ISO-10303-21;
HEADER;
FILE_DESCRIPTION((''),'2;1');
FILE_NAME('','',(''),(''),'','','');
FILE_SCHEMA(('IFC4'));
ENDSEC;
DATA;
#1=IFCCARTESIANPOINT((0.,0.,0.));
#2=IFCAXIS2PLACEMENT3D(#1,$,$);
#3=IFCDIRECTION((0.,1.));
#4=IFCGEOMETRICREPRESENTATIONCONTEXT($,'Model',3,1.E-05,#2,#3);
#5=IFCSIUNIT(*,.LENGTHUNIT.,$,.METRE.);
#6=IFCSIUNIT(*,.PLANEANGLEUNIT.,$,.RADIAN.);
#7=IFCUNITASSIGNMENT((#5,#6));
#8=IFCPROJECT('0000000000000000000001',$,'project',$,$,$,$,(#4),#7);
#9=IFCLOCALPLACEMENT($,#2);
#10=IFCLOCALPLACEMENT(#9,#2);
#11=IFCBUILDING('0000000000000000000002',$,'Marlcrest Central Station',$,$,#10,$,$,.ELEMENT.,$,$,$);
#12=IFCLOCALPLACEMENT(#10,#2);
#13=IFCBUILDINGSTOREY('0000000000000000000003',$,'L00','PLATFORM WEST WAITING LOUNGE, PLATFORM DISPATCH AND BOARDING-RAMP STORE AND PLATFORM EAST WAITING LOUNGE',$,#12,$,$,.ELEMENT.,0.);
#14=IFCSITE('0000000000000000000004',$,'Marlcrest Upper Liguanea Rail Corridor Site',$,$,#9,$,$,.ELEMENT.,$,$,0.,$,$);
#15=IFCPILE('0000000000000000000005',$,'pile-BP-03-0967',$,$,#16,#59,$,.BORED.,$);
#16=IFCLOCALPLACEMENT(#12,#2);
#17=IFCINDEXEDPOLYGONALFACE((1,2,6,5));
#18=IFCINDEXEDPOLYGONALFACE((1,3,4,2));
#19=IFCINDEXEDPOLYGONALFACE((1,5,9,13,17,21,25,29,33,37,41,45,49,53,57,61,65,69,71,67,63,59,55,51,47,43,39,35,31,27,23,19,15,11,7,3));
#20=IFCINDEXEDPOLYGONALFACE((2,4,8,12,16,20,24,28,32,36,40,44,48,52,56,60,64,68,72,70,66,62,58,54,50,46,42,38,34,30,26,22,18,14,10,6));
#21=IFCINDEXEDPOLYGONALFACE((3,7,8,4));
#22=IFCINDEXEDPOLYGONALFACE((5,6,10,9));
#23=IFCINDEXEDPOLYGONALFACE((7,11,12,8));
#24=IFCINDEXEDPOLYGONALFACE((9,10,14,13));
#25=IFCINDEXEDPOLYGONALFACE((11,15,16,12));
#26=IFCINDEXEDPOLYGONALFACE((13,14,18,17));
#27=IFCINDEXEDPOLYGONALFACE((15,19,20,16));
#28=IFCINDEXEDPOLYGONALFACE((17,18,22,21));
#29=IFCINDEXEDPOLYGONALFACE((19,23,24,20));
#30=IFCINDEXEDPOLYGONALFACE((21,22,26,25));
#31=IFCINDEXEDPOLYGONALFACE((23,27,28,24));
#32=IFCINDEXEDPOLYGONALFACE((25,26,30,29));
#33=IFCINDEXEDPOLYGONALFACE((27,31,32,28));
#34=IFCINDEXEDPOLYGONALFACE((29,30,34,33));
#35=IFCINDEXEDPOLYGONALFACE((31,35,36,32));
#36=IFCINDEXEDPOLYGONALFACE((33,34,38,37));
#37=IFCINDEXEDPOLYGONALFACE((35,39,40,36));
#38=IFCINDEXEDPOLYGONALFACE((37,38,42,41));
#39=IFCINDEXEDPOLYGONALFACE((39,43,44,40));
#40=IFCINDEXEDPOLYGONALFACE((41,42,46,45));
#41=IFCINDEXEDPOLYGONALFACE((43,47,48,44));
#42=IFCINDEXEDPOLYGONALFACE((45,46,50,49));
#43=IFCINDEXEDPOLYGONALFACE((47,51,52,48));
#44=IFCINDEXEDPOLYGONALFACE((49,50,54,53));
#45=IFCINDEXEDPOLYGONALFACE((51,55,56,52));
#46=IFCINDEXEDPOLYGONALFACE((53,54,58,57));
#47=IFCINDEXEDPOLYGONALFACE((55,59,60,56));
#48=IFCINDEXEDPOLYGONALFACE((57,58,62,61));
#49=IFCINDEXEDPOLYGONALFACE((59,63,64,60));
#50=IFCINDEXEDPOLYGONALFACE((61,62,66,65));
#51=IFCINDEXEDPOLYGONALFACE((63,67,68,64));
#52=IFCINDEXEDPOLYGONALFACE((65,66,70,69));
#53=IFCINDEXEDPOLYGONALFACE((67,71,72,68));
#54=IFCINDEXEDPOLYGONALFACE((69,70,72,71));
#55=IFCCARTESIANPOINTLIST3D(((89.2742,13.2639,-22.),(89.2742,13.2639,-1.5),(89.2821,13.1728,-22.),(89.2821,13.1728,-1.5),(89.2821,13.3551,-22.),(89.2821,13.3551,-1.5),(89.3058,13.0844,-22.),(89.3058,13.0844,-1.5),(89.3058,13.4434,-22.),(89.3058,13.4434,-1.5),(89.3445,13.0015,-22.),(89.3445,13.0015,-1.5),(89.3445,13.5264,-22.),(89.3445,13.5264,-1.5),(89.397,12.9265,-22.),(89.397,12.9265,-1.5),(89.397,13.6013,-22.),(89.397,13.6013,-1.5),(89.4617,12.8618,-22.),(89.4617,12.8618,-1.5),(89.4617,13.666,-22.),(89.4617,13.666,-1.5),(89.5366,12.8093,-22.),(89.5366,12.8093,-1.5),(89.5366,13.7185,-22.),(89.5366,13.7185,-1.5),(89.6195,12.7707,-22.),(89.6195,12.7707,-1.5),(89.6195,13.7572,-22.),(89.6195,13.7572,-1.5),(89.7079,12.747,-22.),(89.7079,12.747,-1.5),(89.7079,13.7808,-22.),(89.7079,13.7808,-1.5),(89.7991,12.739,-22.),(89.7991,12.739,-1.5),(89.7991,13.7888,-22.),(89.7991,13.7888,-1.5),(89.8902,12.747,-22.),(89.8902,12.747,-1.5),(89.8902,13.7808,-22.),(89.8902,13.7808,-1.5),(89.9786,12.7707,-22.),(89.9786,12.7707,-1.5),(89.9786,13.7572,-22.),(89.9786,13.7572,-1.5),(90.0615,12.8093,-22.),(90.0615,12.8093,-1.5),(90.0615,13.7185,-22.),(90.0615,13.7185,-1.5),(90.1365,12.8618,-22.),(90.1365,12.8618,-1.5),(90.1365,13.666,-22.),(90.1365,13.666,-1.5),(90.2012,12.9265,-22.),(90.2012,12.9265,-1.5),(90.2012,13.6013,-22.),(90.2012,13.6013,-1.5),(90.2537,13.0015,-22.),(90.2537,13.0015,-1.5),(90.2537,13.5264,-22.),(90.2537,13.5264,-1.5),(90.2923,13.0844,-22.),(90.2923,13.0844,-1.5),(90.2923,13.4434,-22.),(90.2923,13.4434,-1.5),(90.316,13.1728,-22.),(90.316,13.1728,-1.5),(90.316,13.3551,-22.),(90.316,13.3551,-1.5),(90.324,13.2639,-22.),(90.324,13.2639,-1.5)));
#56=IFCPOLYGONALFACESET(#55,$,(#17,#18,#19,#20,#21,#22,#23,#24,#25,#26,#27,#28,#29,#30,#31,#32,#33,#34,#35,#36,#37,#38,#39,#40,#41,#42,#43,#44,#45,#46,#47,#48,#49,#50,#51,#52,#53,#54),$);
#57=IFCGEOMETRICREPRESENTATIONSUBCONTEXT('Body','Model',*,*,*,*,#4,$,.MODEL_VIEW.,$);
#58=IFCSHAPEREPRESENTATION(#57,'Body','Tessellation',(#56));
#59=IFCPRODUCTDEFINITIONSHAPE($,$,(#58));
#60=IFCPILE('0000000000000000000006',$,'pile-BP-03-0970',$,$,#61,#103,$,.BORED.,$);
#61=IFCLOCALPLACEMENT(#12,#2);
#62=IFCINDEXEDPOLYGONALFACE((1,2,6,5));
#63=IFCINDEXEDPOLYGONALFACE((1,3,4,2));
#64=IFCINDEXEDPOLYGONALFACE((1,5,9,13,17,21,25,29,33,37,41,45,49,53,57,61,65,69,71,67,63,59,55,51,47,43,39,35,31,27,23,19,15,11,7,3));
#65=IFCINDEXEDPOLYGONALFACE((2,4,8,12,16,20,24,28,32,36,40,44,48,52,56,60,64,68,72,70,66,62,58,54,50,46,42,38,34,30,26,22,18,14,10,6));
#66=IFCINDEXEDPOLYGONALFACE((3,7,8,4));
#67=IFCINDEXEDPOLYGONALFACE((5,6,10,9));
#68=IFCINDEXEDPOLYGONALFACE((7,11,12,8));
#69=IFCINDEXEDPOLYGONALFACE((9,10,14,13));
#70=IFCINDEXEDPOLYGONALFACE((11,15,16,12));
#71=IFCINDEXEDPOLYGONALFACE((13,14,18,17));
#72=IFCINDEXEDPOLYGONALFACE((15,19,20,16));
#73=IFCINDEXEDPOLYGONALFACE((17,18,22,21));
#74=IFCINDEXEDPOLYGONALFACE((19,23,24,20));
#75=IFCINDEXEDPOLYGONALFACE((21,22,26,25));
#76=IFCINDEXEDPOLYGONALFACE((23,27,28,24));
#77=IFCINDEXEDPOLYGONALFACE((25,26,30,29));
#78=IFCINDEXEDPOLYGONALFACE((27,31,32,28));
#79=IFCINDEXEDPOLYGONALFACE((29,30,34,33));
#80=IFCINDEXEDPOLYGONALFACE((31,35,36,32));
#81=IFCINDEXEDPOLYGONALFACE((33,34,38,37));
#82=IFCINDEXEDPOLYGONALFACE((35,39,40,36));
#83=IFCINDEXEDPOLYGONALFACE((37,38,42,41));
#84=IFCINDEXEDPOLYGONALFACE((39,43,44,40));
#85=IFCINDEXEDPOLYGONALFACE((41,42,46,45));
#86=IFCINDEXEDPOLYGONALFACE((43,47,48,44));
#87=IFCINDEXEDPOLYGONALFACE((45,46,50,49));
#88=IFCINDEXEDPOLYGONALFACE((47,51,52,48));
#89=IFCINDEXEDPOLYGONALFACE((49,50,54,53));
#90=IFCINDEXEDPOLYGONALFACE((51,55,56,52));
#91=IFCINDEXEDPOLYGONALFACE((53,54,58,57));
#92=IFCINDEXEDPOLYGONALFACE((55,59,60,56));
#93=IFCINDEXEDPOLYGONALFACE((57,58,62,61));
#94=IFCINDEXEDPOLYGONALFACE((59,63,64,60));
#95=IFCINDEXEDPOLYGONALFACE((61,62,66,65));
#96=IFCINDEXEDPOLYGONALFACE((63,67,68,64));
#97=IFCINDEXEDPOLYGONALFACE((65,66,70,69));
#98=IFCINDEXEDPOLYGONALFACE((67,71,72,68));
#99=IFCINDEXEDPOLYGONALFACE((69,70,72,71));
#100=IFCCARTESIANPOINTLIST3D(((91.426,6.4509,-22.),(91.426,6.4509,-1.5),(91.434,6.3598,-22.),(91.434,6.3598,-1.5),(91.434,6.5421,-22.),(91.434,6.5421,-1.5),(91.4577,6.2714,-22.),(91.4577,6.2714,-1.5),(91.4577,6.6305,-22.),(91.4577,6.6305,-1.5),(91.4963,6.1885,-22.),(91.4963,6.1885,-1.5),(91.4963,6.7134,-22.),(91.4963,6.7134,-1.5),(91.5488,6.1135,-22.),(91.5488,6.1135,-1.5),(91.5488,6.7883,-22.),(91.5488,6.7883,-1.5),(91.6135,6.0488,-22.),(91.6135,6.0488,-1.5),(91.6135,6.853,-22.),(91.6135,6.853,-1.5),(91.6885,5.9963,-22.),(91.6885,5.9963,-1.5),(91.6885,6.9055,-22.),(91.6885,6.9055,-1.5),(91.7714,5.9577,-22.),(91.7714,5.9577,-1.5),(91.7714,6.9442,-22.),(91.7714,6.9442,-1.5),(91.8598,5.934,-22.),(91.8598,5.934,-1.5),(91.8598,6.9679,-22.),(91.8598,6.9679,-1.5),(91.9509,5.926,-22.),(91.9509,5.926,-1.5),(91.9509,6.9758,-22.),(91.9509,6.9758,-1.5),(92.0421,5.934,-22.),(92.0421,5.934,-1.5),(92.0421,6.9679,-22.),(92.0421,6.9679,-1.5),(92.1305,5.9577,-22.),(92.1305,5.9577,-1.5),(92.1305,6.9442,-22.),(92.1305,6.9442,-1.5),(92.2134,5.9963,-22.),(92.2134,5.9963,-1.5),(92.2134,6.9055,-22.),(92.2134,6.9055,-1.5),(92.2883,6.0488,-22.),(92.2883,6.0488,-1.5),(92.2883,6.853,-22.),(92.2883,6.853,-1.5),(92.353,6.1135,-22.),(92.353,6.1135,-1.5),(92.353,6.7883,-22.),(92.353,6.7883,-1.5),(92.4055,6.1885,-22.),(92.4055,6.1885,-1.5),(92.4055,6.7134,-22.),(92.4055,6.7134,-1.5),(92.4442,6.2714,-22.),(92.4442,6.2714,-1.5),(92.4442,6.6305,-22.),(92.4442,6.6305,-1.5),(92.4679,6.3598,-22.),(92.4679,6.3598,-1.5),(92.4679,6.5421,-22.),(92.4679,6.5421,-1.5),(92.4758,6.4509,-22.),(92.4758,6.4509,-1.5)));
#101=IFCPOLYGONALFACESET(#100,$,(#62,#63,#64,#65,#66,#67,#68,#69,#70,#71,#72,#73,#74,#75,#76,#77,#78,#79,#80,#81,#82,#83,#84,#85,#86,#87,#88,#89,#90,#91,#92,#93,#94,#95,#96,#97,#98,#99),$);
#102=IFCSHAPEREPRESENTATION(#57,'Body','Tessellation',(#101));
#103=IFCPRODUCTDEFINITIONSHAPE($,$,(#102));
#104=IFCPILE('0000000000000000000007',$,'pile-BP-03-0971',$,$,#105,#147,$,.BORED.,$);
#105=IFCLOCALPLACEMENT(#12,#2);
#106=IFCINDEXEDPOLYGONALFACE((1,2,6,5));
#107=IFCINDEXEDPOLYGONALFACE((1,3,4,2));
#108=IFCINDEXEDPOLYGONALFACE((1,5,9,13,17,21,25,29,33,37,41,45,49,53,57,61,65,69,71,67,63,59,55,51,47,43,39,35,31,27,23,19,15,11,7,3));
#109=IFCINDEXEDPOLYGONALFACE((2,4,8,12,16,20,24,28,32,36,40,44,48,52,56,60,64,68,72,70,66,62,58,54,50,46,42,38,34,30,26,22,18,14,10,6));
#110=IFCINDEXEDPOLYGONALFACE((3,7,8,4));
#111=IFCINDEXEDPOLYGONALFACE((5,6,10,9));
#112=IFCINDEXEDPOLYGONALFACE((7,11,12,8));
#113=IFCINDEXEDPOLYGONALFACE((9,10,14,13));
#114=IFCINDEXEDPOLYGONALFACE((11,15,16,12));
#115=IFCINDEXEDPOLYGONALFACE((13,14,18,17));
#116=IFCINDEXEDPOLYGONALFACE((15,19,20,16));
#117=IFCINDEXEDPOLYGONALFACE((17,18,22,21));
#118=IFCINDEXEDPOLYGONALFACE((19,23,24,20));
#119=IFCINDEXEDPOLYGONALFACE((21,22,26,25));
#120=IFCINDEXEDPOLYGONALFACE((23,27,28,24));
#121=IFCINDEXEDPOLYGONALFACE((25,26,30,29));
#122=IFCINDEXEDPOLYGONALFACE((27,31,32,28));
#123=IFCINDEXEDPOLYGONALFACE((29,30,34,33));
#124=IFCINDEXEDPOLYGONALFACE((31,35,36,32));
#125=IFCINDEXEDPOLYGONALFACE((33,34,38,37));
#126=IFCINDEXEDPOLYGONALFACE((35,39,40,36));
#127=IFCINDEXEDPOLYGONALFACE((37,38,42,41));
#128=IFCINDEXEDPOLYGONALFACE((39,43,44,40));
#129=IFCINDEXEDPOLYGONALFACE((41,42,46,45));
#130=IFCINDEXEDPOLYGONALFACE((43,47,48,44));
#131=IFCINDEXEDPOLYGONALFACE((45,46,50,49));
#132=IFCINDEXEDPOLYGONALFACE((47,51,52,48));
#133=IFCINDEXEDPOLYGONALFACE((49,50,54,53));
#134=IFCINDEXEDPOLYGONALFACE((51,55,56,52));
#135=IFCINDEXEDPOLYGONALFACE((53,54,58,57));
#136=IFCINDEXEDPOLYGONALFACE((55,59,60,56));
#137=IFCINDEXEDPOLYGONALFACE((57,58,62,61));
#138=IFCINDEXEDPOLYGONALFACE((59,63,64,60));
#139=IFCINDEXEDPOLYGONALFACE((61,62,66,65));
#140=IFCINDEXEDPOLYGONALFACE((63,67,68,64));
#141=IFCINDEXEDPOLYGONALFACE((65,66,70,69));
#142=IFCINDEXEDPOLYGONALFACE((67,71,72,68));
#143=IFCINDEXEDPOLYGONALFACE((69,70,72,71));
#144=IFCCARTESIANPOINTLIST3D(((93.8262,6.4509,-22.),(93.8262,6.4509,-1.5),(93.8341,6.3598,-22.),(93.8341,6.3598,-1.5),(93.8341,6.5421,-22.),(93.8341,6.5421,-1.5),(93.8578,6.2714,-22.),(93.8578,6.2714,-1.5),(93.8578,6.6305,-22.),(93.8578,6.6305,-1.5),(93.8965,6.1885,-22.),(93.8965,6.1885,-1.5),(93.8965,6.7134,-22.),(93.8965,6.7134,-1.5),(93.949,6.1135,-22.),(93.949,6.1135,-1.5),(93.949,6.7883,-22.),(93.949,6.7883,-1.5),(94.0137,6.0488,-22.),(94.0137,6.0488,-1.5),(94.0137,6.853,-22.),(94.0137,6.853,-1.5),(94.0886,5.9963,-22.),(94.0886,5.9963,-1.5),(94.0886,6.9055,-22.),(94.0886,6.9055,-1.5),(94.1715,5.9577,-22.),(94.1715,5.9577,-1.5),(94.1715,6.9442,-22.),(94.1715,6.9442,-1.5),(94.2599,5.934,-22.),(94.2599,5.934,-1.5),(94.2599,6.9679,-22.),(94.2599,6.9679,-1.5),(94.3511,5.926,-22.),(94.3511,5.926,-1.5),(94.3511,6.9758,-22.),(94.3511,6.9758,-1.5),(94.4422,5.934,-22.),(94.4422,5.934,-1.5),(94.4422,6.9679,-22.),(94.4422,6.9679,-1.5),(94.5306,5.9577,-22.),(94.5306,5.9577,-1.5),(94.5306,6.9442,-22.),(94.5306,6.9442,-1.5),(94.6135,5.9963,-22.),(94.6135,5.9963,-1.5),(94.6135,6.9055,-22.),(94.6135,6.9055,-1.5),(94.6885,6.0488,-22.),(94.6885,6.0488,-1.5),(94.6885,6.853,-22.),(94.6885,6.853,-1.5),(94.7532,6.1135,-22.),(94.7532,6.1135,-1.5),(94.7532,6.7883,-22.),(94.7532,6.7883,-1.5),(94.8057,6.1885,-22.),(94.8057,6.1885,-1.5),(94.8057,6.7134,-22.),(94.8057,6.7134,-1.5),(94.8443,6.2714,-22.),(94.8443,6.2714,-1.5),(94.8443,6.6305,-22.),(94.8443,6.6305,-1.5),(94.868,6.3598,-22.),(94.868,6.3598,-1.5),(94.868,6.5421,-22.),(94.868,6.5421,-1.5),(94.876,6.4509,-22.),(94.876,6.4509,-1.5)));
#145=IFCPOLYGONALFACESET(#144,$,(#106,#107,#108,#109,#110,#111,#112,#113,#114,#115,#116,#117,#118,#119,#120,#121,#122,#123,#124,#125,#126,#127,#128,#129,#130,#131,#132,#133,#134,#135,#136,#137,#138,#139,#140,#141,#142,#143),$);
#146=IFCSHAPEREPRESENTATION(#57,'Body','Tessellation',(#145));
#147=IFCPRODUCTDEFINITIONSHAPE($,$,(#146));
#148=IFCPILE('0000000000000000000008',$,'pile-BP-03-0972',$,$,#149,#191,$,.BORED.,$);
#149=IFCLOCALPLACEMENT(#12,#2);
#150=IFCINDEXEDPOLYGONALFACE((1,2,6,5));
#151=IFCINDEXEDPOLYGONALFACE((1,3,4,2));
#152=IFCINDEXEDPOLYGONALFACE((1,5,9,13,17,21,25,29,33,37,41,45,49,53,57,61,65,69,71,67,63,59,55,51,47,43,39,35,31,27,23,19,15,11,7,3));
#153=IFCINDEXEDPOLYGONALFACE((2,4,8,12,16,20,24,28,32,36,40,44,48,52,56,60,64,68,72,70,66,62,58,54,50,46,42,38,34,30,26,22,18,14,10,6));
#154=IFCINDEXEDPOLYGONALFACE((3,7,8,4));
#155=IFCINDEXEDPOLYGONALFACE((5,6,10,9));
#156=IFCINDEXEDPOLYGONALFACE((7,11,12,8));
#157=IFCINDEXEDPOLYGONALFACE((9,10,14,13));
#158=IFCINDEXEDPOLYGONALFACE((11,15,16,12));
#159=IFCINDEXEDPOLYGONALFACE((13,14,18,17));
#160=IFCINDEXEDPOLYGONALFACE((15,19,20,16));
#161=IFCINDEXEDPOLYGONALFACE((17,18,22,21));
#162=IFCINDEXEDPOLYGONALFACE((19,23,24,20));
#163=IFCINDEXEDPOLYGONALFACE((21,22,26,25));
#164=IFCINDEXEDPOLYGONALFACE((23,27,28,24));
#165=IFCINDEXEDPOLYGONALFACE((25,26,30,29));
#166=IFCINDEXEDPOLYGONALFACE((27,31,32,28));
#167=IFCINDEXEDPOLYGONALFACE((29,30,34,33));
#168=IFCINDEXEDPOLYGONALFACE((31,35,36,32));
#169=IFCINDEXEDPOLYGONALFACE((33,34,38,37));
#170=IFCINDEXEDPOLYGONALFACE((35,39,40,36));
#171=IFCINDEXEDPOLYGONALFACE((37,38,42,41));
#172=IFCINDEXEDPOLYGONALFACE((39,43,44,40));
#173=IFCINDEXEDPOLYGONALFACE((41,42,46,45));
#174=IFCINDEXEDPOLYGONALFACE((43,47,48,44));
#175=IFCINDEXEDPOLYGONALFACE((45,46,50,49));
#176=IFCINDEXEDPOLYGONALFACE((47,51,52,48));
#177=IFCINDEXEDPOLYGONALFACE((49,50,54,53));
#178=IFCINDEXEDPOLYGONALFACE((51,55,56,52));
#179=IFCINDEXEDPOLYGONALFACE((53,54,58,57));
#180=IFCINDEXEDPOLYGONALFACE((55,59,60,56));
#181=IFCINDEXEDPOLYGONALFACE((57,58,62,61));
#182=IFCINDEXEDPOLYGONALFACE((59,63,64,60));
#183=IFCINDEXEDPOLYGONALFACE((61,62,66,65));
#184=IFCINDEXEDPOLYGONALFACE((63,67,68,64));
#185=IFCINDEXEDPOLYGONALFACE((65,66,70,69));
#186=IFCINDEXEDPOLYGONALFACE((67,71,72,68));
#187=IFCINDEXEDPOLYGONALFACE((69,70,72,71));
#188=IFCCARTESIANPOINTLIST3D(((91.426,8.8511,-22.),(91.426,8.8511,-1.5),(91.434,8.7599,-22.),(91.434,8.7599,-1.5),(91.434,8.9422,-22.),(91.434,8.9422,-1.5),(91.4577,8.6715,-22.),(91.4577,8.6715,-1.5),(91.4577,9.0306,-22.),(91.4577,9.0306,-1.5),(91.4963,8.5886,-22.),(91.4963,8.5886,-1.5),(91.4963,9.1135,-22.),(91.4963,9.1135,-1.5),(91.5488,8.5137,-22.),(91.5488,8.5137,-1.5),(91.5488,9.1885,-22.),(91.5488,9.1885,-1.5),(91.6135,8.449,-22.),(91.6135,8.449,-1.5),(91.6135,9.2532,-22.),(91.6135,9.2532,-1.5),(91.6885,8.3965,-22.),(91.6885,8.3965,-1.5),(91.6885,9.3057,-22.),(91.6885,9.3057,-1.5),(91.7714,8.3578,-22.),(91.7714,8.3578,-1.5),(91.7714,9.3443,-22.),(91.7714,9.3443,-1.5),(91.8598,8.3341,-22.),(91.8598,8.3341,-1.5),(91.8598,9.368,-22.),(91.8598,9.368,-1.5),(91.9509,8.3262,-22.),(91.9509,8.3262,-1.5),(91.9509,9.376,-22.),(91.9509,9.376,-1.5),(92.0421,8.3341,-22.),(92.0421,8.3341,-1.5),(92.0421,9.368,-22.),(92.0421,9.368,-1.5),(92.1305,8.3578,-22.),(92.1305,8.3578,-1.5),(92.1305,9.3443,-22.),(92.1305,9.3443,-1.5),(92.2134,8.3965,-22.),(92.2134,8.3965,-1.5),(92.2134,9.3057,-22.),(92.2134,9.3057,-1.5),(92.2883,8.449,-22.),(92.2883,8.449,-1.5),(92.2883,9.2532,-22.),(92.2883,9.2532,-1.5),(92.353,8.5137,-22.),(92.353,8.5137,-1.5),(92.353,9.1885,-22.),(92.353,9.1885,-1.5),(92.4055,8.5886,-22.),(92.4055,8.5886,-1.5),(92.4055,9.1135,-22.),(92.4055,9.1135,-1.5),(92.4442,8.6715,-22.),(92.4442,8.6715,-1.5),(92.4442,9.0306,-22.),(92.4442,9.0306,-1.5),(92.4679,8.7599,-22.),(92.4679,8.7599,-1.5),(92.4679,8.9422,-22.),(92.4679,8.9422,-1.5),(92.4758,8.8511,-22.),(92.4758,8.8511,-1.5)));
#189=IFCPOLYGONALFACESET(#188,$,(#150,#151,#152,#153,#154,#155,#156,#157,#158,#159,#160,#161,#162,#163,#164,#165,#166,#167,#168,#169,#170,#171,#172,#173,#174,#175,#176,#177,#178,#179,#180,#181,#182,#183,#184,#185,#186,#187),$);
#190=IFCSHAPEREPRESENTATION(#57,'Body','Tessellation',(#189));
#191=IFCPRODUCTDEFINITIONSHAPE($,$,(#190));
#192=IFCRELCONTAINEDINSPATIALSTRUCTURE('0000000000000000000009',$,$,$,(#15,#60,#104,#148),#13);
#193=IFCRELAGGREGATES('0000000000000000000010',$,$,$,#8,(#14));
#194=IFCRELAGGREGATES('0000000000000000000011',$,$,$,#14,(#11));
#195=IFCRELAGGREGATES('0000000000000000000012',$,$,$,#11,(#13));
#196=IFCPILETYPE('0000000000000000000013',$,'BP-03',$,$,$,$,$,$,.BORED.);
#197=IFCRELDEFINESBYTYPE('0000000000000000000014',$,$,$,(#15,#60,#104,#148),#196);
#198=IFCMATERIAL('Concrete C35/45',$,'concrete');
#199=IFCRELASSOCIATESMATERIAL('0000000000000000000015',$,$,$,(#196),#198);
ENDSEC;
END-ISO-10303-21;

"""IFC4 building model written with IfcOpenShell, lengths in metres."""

from ifc_helpers import new_model, si_unit, direction, frame, origin, origin_2d, place, context, subcontext, project, spatial, circle, extrude, material, material_profile, profile_set, type_object, element, save


model = new_model("IFC4")

# Units and contexts
model_context = context("Model", 3, precision=1e-05, world=origin(), true_north=direction((0.0, 1.0)))
body_context = subcontext(model_context, "Body", "Model", "MODEL_VIEW")
ifc_project = project(units=[si_unit("LENGTHUNIT", "METRE"), si_unit("PLANEANGLEUNIT", "RADIAN")], contexts=[model_context])

# Site, building, storey
site_placement = place(None, origin())
site = spatial("IfcSite", under=ifc_project, at=site_placement, Name="Marlcrest Upper Liguanea Rail Corridor Site", CompositionType="ELEMENT", RefElevation=0.0)
building_placement = place(site_placement, origin())
building = spatial("IfcBuilding", under=site, at=building_placement, Name="Marlcrest Central Station", CompositionType="ELEMENT")
storey_placement = place(building_placement, origin())
storey = spatial("IfcBuildingStorey", under=building, at=storey_placement, Name="L00", Description="PLATFORM WEST WAITING LOUNGE, PLATFORM DISPATCH AND BOARDING-RAMP STORE AND PLATFORM EAST WAITING LOUNGE", CompositionType="ELEMENT", Elevation=0.0)

# Piles
ifc_material_1 = material(Name="Concrete C35/45", Category="concrete")
ifc_material_profile_1 = material_profile(ifc_material_1, circle(Radius=0.5249, at=origin_2d()), Name="PILE D1050")
ifc_profile_set_1 = profile_set([ifc_material_profile_1], Name="Concrete C35/45")
pile_type = type_object("IfcPileType", Name="BP-03", PredefinedType="BORED", material=ifc_profile_set_1)
for number, where, z_axis, x_axis, name in (
    (1, (89.7991, 13.2639, -1.5), (0.0, 0.0, -1.0), (1.0, 0.0, 0.0), "pile-BP-03-0967"),
    (2, (91.9509, 6.4509, -1.5), (0.0, 0.0, -1.0), (1.0, 0.0, 0.0), "pile-BP-03-0970"),
    (3, (94.3511, 6.4509, -1.5), (0.0, 0.0, -1.0), (1.0, 0.0, 0.0), "pile-BP-03-0971"),
    (4, (91.9509, 8.8511, -1.5), (0.0, 0.0, -1.0), (1.0, 0.0, 0.0), "pile-BP-03-0972"),
):
    element("IfcPile", number, at=place(storey_placement, frame(where, z_axis=z_axis, x_axis=x_axis)), inside=storey, type_object=pile_type, Name=name, PredefinedType="BORED", context=body_context, shape_type="SweptSolid", body=[
        extrude(circle(Radius=0.5249, at=origin_2d()), origin(), (0.0, 0.0, 1.0), 20.5),
    ])

save(model, "model.ifc")
